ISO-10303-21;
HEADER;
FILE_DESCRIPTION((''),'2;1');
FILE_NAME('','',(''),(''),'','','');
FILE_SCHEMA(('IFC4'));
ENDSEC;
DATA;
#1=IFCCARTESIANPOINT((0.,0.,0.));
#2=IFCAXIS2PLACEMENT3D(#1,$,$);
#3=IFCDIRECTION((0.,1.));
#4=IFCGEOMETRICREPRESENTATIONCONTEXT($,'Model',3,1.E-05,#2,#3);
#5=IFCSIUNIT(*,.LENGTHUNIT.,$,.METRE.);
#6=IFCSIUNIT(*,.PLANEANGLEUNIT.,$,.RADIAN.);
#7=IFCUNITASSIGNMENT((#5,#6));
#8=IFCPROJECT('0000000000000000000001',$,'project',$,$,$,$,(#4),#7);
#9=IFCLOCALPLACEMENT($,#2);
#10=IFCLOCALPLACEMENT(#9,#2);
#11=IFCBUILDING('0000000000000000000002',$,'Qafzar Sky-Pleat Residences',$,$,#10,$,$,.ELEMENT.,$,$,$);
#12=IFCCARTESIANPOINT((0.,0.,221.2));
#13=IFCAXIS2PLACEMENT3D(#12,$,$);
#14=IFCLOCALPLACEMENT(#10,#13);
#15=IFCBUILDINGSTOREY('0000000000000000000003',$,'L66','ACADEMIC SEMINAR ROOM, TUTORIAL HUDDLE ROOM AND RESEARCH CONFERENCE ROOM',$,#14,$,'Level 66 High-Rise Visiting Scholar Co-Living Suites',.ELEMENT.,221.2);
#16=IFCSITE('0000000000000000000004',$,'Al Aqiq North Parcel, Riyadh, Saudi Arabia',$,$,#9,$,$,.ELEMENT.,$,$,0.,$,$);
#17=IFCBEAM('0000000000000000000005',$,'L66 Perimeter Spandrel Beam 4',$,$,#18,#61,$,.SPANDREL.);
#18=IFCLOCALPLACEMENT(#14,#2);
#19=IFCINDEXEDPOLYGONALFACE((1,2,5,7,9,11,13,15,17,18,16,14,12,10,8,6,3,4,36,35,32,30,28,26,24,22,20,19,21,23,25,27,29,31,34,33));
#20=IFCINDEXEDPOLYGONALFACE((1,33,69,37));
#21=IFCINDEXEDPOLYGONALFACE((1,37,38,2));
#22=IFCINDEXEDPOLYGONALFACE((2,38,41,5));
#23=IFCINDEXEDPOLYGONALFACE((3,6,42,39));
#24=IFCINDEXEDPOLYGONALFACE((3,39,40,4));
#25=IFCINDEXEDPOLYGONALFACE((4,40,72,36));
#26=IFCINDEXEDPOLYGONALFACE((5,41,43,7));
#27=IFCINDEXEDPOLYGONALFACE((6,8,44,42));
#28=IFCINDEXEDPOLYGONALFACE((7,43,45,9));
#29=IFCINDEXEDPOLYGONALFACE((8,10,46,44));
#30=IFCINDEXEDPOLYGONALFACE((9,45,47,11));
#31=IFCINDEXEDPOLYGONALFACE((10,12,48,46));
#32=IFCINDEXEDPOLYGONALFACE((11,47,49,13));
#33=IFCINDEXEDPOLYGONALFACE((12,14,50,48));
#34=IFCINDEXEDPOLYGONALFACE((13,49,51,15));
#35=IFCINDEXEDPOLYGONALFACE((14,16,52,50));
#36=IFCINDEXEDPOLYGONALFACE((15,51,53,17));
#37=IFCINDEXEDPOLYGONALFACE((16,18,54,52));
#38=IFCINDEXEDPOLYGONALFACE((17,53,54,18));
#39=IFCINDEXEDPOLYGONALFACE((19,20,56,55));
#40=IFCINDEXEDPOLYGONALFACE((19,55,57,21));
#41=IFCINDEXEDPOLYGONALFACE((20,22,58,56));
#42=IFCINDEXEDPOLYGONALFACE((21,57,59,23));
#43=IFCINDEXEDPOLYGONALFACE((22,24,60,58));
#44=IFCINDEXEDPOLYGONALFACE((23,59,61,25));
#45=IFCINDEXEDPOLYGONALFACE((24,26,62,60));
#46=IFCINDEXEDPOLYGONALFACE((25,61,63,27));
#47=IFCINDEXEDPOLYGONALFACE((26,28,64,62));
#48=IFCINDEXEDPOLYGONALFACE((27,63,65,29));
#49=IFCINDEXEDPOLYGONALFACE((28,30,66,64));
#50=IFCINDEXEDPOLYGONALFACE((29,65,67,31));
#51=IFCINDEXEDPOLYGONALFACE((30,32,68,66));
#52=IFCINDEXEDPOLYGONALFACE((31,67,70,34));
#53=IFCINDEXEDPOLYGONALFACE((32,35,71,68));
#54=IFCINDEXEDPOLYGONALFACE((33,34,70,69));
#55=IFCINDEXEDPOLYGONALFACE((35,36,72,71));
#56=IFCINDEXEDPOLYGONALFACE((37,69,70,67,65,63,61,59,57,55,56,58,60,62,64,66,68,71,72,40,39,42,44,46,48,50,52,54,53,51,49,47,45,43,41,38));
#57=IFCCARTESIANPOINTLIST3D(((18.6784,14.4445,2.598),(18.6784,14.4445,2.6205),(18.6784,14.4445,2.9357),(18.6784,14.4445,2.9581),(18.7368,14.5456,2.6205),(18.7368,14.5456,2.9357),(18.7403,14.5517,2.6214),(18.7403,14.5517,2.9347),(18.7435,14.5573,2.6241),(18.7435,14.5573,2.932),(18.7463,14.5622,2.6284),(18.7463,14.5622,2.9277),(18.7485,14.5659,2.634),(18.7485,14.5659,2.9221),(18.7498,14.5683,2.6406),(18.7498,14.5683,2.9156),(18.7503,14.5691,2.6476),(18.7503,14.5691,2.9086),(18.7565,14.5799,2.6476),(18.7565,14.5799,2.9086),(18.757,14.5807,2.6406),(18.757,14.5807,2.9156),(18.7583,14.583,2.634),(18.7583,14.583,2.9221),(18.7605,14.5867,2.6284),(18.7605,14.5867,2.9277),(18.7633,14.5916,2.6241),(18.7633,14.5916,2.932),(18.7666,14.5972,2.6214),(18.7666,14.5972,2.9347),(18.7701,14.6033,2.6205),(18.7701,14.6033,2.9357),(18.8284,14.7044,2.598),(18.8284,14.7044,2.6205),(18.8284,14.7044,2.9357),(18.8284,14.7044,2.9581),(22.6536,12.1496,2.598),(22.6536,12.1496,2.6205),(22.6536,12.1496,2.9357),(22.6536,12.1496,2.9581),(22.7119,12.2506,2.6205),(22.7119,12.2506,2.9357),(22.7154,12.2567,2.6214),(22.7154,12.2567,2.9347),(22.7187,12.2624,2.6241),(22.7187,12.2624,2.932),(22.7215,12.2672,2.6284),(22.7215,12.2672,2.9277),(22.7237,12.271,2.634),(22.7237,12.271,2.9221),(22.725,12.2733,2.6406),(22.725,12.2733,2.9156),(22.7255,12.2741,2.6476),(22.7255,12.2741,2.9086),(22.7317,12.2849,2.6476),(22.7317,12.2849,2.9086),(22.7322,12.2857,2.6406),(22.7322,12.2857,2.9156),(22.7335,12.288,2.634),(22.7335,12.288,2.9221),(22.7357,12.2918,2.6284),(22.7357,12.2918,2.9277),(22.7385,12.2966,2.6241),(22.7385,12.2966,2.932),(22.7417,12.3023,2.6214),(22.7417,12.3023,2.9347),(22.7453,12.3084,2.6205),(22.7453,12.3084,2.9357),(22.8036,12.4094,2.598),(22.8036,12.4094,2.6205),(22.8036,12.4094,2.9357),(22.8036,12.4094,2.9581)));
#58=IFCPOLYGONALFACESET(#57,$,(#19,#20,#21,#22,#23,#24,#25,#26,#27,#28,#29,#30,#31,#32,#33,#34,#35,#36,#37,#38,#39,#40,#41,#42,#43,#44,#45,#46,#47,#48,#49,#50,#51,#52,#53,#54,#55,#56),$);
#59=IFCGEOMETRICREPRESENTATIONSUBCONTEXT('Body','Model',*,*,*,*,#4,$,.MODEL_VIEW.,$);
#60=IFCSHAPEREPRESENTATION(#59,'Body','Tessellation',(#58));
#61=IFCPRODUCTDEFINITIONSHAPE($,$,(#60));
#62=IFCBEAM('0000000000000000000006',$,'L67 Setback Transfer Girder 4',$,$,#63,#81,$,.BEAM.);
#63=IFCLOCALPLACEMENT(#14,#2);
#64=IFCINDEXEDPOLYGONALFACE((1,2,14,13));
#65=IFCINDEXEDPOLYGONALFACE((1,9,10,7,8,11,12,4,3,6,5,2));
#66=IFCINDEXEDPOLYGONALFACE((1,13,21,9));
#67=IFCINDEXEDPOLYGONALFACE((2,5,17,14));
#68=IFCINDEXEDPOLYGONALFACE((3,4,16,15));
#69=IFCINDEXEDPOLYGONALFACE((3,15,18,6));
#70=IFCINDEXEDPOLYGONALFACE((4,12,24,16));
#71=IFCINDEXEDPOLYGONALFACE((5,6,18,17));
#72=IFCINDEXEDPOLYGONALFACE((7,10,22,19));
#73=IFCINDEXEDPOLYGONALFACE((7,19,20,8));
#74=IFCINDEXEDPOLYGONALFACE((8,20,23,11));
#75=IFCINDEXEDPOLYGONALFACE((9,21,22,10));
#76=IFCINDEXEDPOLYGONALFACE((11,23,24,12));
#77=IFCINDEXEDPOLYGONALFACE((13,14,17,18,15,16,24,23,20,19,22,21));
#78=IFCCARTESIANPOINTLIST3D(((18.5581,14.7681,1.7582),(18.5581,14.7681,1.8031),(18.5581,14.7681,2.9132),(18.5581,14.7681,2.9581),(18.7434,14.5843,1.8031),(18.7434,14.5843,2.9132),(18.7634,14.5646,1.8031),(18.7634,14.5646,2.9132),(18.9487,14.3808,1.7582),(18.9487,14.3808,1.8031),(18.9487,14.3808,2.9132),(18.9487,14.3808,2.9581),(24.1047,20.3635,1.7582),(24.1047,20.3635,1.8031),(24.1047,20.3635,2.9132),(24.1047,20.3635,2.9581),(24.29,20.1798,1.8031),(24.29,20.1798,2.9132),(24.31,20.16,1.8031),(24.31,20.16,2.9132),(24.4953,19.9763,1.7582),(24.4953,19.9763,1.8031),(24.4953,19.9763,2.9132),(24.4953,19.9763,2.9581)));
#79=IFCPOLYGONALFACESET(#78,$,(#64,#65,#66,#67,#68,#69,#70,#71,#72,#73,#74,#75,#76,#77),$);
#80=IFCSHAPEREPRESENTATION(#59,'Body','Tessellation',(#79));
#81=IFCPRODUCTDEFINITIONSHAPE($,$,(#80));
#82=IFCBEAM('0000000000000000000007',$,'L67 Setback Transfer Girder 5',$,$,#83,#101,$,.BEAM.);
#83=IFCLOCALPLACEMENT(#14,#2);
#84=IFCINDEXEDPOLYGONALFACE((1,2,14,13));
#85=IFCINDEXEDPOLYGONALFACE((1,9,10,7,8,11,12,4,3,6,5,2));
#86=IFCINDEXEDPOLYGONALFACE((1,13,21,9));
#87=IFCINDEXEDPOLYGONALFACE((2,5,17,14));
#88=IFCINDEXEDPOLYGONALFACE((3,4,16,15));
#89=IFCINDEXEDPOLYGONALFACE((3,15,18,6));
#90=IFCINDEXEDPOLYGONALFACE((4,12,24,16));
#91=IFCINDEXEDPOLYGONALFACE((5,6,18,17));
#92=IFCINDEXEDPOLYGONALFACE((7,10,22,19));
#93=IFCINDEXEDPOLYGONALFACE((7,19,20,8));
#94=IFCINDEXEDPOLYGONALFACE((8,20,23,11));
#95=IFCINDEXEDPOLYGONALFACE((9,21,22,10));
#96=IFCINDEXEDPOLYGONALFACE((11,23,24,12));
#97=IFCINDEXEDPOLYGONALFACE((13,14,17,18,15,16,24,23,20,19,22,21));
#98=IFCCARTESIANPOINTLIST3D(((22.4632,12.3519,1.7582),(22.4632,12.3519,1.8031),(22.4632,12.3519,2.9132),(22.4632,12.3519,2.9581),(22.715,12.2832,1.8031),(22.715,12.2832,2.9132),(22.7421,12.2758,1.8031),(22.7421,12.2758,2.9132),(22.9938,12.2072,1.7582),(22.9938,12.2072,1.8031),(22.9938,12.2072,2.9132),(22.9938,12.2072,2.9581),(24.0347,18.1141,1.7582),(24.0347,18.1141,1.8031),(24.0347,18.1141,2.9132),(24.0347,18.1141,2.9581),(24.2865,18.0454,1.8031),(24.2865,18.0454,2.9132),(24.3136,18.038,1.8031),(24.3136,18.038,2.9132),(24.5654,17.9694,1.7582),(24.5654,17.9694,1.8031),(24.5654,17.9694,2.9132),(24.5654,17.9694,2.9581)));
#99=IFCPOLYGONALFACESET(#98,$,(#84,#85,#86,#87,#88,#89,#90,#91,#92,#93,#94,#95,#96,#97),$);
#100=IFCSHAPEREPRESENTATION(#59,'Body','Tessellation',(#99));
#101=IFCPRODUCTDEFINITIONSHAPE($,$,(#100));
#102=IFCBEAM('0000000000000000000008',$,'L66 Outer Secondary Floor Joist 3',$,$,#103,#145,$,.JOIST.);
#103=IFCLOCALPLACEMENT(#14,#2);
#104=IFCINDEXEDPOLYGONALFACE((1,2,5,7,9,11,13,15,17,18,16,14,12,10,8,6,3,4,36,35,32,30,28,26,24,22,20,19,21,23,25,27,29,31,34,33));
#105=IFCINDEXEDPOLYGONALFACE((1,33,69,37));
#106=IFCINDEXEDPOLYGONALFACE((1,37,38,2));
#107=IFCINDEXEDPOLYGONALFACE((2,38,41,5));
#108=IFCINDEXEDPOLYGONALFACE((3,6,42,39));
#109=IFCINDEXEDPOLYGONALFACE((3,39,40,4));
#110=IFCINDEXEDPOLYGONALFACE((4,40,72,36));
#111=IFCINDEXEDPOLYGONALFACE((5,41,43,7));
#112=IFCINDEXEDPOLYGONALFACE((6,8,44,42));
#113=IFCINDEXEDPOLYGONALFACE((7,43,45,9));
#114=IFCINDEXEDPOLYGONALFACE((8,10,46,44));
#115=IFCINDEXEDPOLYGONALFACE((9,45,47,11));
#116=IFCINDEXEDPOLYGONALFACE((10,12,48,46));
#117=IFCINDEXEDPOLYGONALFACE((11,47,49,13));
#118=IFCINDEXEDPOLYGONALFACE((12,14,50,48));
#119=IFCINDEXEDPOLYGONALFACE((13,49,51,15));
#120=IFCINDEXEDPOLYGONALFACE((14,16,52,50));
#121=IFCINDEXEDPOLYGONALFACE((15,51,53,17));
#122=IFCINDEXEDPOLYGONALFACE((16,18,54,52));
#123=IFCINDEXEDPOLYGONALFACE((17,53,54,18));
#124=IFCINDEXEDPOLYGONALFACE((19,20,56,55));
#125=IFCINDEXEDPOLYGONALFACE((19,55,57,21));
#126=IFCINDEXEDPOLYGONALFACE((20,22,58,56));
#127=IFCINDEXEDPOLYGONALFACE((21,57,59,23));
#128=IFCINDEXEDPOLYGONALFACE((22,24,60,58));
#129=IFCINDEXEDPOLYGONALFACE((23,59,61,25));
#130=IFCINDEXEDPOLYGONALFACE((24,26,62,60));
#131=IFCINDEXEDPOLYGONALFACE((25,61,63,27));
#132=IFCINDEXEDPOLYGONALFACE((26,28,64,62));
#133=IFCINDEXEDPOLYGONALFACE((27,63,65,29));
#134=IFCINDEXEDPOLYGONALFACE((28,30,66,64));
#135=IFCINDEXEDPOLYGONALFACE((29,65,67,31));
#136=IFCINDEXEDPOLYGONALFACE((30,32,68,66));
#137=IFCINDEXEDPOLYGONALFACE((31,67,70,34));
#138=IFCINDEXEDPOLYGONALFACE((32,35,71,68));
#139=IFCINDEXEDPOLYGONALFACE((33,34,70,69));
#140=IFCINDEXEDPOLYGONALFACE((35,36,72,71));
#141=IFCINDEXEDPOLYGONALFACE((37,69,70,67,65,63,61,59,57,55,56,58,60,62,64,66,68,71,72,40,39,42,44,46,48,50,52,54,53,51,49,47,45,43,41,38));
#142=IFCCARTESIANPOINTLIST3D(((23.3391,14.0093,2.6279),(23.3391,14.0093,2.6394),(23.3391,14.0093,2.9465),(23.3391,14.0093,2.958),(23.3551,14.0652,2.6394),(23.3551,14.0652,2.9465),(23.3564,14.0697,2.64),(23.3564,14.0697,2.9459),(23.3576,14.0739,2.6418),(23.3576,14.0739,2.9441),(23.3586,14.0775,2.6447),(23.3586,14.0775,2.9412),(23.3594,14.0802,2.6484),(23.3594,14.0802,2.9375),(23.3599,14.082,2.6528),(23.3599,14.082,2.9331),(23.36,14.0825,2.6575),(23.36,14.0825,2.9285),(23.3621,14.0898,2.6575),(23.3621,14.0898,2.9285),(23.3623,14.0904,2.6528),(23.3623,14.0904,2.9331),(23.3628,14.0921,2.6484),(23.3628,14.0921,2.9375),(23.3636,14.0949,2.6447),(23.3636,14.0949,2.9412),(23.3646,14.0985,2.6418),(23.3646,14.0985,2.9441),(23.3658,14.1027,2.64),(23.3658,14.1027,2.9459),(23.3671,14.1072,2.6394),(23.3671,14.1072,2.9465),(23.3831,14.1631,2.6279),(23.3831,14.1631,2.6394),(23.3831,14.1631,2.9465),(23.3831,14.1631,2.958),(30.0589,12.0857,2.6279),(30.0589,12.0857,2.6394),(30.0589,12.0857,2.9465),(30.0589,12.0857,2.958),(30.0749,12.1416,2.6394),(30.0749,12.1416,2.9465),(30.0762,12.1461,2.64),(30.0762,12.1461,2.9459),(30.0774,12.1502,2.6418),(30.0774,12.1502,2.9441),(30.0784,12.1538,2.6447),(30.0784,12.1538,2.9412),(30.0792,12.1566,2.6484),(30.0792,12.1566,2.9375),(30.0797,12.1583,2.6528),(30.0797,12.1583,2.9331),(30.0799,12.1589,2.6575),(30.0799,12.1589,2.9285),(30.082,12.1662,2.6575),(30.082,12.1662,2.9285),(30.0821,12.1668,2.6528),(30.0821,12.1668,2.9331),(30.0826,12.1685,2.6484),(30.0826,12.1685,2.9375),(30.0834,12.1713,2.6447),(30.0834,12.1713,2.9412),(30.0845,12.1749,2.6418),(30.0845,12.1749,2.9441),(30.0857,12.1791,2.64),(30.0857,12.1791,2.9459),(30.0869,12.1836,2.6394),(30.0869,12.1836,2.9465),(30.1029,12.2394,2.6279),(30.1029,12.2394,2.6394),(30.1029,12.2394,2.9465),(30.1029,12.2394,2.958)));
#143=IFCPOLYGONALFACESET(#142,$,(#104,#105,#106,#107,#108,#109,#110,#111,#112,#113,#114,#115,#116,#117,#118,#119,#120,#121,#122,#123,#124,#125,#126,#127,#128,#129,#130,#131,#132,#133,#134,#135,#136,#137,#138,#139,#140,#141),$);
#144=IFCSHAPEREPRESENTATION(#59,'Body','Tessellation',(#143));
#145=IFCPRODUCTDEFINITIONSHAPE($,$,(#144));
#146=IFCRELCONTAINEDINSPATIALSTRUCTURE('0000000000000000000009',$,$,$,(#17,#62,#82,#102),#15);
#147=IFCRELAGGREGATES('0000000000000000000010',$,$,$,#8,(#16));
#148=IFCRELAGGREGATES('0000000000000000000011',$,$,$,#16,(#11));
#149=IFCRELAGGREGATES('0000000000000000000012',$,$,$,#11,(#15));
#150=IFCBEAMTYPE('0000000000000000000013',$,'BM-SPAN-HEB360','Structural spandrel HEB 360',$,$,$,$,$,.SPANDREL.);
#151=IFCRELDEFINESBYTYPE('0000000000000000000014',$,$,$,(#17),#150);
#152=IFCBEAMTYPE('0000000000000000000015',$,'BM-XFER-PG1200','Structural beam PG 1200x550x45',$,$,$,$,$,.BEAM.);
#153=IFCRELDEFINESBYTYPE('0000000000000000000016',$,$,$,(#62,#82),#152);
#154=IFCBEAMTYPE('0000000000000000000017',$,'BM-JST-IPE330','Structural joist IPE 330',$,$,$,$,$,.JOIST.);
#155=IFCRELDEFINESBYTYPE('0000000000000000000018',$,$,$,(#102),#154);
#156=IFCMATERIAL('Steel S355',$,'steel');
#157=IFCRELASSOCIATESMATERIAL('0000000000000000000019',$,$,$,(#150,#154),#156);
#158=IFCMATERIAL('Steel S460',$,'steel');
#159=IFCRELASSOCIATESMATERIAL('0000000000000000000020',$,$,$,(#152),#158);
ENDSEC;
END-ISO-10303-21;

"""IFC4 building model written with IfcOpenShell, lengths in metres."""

from ifc_helpers import new_model, si_unit, direction, frame, origin, origin_2d, place, context, subcontext, project, spatial, i_section, extrude, source, transform, mapped, material, material_profile, profile_set, type_object, element, save


model = new_model("IFC4")

# Units and contexts
model_context = context("Model", 3, precision=1e-05, world=origin(), true_north=direction((0.0, 1.0)))
body_context = subcontext(model_context, "Body", "Model", "MODEL_VIEW")
ifc_project = project(units=[si_unit("LENGTHUNIT", "METRE"), si_unit("PLANEANGLEUNIT", "RADIAN")], contexts=[model_context])

# Site, building, storey
site_placement = place(None, origin())
site = spatial("IfcSite", under=ifc_project, at=site_placement, Name="Al Aqiq North Parcel, Riyadh, Saudi Arabia", CompositionType="ELEMENT", RefElevation=0.0)
building_placement = place(site_placement, origin())
building = spatial("IfcBuilding", under=site, at=building_placement, Name="Qafzar Sky-Pleat Residences", CompositionType="ELEMENT")
storey_placement = place(building_placement, frame((0.0, 0.0, 221.2)))
storey = spatial("IfcBuildingStorey", under=building, at=storey_placement, Name="L66", Description="ACADEMIC SEMINAR ROOM, TUTORIAL HUDDLE ROOM AND RESEARCH CONFERENCE ROOM", LongName="Level 66 High-Rise Visiting Scholar Co-Living Suites", CompositionType="ELEMENT", Elevation=221.2)

# Shared definitions
ifc_material_1 = material(Name="Steel S355", Category="steel")

# Beams
ifc_material_profile_1 = material_profile(ifc_material_1, i_section(OverallWidth=0.3, OverallDepth=0.3601, WebThickness=0.0125, FlangeThickness=0.0225, FilletRadius=0.0271, at=origin_2d()), Name="HEB 360")
ifc_profile_set_1 = profile_set([ifc_material_profile_1], Name="Steel S355")
beam_type_1 = type_object("IfcBeamType", Name="BM-SPAN-HEB360", Description="Structural spandrel HEB 360", PredefinedType="SPANDREL", material=ifc_profile_set_1)
shared_shape_1 = source(origin(), body_context, "Body", "SweptSolid", [
    extrude(i_section(OverallWidth=0.3, OverallDepth=0.3601, WebThickness=0.0125, FlangeThickness=0.0225, FilletRadius=0.0271, at=origin_2d()), origin(), (0.0, 0.0, 1.0), 4.5901),
])
beam_1_placement = place(storey_placement, frame((18.7534, 14.5745, 2.7781), z_axis=(0.866035, -0.499983, 0.0), x_axis=(0.499983, 0.866035, 0.0)))
element("IfcBeam", 1, at=beam_1_placement, inside=storey, type_object=beam_type_1, Name="L66 Perimeter Spandrel Beam 4", PredefinedType="SPANDREL", context=body_context, shape_type="MappedRepresentation", body=[
    mapped(shared_shape_1, transform((0.0, 0.0, 0.0), x_axis=(1.0, 0.0, 0.0), y_axis=(0.0, 1.0, 0.0), z_axis=(0.0, 0.0, 1.0), scale=1.0)),
])
ifc_material_2 = material(Name="Steel S460", Category="steel")
ifc_material_profile_2 = material_profile(ifc_material_2, i_section(OverallWidth=0.55, OverallDepth=1.2, WebThickness=0.0281, FlangeThickness=0.0449, at=origin_2d()), Name="PG 1200x550x45")
ifc_profile_set_2 = profile_set([ifc_material_profile_2], Name="Steel S460")
beam_type_2 = type_object("IfcBeamType", Name="BM-XFER-PG1200", Description="Structural beam PG 1200x550x45", PredefinedType="BEAM", material=ifc_profile_set_2)
shared_shape_2 = source(origin(), body_context, "Body", "SweptSolid", [
    extrude(i_section(OverallWidth=0.55, OverallDepth=1.2, WebThickness=0.0281, FlangeThickness=0.0449, at=origin_2d()), origin(), (0.0, 0.0, 1.0), 7.8787),
])
beam_2_placement = place(storey_placement, frame((18.7534, 14.5745, 2.3582), z_axis=(0.704001, 0.710199, 0.0), x_axis=(-0.710199, 0.704001, 0.0)))
element("IfcBeam", 2, at=beam_2_placement, inside=storey, type_object=beam_type_2, Name="L67 Setback Transfer Girder 4", PredefinedType="BEAM", context=body_context, shape_type="MappedRepresentation", body=[
    mapped(shared_shape_2, transform((0.0, 0.0, 0.0), x_axis=(1.0, 0.0, 0.0), y_axis=(0.0, 1.0, 0.0), z_axis=(0.0, 0.0, 1.0), scale=1.0)),
])
shared_shape_3 = source(origin(), body_context, "Body", "SweptSolid", [
    extrude(i_section(OverallWidth=0.55, OverallDepth=1.2, WebThickness=0.0281, FlangeThickness=0.0449, at=origin_2d()), origin(), (0.0, 0.0, 1.0), 5.9727),
])
beam_3_placement = place(storey_placement, frame((22.7285, 12.2795, 2.3582), z_axis=(0.263121, 0.964763, 0.0), x_axis=(-0.964763, 0.263121, 0.0)))
element("IfcBeam", 3, at=beam_3_placement, inside=storey, type_object=beam_type_2, Name="L67 Setback Transfer Girder 5", PredefinedType="BEAM", context=body_context, shape_type="MappedRepresentation", body=[
    mapped(shared_shape_3, transform((0.0, 0.0, 0.0), x_axis=(1.0, 0.0, 0.0), y_axis=(0.0, 1.0, 0.0), z_axis=(0.0, 0.0, 1.0), scale=1.0)),
])
ifc_material_profile_3 = material_profile(ifc_material_1, i_section(OverallWidth=0.1599, OverallDepth=0.3301, WebThickness=0.0076, FlangeThickness=0.0115, FilletRadius=0.0181, at=origin_2d()), Name="IPE 330")
ifc_profile_set_3 = profile_set([ifc_material_profile_3], Name="Steel S355")
beam_type_3 = type_object("IfcBeamType", Name="BM-JST-IPE330", Description="Structural joist IPE 330", PredefinedType="JOIST", material=ifc_profile_set_3)
shared_shape_4 = source(origin(), body_context, "Body", "SweptSolid", [
    extrude(i_section(OverallWidth=0.1599, OverallDepth=0.3301, WebThickness=0.0076, FlangeThickness=0.0115, FilletRadius=0.0181, at=origin_2d()), origin(), (0.0, 0.0, 1.0), 6.9897),
])
beam_4_placement = place(storey_placement, frame((23.3611, 14.0862, 2.793), z_axis=(0.961385, -0.275205, 0.0), x_axis=(0.275205, 0.961385, 0.0)))
element("IfcBeam", 4, at=beam_4_placement, inside=storey, type_object=beam_type_3, Name="L66 Outer Secondary Floor Joist 3", PredefinedType="JOIST", context=body_context, shape_type="MappedRepresentation", body=[
    mapped(shared_shape_4, transform((0.0, 0.0, 0.0), x_axis=(1.0, 0.0, 0.0), y_axis=(0.0, 1.0, 0.0), z_axis=(0.0, 0.0, 1.0), scale=1.0)),
])

save(model, "model.ifc")
